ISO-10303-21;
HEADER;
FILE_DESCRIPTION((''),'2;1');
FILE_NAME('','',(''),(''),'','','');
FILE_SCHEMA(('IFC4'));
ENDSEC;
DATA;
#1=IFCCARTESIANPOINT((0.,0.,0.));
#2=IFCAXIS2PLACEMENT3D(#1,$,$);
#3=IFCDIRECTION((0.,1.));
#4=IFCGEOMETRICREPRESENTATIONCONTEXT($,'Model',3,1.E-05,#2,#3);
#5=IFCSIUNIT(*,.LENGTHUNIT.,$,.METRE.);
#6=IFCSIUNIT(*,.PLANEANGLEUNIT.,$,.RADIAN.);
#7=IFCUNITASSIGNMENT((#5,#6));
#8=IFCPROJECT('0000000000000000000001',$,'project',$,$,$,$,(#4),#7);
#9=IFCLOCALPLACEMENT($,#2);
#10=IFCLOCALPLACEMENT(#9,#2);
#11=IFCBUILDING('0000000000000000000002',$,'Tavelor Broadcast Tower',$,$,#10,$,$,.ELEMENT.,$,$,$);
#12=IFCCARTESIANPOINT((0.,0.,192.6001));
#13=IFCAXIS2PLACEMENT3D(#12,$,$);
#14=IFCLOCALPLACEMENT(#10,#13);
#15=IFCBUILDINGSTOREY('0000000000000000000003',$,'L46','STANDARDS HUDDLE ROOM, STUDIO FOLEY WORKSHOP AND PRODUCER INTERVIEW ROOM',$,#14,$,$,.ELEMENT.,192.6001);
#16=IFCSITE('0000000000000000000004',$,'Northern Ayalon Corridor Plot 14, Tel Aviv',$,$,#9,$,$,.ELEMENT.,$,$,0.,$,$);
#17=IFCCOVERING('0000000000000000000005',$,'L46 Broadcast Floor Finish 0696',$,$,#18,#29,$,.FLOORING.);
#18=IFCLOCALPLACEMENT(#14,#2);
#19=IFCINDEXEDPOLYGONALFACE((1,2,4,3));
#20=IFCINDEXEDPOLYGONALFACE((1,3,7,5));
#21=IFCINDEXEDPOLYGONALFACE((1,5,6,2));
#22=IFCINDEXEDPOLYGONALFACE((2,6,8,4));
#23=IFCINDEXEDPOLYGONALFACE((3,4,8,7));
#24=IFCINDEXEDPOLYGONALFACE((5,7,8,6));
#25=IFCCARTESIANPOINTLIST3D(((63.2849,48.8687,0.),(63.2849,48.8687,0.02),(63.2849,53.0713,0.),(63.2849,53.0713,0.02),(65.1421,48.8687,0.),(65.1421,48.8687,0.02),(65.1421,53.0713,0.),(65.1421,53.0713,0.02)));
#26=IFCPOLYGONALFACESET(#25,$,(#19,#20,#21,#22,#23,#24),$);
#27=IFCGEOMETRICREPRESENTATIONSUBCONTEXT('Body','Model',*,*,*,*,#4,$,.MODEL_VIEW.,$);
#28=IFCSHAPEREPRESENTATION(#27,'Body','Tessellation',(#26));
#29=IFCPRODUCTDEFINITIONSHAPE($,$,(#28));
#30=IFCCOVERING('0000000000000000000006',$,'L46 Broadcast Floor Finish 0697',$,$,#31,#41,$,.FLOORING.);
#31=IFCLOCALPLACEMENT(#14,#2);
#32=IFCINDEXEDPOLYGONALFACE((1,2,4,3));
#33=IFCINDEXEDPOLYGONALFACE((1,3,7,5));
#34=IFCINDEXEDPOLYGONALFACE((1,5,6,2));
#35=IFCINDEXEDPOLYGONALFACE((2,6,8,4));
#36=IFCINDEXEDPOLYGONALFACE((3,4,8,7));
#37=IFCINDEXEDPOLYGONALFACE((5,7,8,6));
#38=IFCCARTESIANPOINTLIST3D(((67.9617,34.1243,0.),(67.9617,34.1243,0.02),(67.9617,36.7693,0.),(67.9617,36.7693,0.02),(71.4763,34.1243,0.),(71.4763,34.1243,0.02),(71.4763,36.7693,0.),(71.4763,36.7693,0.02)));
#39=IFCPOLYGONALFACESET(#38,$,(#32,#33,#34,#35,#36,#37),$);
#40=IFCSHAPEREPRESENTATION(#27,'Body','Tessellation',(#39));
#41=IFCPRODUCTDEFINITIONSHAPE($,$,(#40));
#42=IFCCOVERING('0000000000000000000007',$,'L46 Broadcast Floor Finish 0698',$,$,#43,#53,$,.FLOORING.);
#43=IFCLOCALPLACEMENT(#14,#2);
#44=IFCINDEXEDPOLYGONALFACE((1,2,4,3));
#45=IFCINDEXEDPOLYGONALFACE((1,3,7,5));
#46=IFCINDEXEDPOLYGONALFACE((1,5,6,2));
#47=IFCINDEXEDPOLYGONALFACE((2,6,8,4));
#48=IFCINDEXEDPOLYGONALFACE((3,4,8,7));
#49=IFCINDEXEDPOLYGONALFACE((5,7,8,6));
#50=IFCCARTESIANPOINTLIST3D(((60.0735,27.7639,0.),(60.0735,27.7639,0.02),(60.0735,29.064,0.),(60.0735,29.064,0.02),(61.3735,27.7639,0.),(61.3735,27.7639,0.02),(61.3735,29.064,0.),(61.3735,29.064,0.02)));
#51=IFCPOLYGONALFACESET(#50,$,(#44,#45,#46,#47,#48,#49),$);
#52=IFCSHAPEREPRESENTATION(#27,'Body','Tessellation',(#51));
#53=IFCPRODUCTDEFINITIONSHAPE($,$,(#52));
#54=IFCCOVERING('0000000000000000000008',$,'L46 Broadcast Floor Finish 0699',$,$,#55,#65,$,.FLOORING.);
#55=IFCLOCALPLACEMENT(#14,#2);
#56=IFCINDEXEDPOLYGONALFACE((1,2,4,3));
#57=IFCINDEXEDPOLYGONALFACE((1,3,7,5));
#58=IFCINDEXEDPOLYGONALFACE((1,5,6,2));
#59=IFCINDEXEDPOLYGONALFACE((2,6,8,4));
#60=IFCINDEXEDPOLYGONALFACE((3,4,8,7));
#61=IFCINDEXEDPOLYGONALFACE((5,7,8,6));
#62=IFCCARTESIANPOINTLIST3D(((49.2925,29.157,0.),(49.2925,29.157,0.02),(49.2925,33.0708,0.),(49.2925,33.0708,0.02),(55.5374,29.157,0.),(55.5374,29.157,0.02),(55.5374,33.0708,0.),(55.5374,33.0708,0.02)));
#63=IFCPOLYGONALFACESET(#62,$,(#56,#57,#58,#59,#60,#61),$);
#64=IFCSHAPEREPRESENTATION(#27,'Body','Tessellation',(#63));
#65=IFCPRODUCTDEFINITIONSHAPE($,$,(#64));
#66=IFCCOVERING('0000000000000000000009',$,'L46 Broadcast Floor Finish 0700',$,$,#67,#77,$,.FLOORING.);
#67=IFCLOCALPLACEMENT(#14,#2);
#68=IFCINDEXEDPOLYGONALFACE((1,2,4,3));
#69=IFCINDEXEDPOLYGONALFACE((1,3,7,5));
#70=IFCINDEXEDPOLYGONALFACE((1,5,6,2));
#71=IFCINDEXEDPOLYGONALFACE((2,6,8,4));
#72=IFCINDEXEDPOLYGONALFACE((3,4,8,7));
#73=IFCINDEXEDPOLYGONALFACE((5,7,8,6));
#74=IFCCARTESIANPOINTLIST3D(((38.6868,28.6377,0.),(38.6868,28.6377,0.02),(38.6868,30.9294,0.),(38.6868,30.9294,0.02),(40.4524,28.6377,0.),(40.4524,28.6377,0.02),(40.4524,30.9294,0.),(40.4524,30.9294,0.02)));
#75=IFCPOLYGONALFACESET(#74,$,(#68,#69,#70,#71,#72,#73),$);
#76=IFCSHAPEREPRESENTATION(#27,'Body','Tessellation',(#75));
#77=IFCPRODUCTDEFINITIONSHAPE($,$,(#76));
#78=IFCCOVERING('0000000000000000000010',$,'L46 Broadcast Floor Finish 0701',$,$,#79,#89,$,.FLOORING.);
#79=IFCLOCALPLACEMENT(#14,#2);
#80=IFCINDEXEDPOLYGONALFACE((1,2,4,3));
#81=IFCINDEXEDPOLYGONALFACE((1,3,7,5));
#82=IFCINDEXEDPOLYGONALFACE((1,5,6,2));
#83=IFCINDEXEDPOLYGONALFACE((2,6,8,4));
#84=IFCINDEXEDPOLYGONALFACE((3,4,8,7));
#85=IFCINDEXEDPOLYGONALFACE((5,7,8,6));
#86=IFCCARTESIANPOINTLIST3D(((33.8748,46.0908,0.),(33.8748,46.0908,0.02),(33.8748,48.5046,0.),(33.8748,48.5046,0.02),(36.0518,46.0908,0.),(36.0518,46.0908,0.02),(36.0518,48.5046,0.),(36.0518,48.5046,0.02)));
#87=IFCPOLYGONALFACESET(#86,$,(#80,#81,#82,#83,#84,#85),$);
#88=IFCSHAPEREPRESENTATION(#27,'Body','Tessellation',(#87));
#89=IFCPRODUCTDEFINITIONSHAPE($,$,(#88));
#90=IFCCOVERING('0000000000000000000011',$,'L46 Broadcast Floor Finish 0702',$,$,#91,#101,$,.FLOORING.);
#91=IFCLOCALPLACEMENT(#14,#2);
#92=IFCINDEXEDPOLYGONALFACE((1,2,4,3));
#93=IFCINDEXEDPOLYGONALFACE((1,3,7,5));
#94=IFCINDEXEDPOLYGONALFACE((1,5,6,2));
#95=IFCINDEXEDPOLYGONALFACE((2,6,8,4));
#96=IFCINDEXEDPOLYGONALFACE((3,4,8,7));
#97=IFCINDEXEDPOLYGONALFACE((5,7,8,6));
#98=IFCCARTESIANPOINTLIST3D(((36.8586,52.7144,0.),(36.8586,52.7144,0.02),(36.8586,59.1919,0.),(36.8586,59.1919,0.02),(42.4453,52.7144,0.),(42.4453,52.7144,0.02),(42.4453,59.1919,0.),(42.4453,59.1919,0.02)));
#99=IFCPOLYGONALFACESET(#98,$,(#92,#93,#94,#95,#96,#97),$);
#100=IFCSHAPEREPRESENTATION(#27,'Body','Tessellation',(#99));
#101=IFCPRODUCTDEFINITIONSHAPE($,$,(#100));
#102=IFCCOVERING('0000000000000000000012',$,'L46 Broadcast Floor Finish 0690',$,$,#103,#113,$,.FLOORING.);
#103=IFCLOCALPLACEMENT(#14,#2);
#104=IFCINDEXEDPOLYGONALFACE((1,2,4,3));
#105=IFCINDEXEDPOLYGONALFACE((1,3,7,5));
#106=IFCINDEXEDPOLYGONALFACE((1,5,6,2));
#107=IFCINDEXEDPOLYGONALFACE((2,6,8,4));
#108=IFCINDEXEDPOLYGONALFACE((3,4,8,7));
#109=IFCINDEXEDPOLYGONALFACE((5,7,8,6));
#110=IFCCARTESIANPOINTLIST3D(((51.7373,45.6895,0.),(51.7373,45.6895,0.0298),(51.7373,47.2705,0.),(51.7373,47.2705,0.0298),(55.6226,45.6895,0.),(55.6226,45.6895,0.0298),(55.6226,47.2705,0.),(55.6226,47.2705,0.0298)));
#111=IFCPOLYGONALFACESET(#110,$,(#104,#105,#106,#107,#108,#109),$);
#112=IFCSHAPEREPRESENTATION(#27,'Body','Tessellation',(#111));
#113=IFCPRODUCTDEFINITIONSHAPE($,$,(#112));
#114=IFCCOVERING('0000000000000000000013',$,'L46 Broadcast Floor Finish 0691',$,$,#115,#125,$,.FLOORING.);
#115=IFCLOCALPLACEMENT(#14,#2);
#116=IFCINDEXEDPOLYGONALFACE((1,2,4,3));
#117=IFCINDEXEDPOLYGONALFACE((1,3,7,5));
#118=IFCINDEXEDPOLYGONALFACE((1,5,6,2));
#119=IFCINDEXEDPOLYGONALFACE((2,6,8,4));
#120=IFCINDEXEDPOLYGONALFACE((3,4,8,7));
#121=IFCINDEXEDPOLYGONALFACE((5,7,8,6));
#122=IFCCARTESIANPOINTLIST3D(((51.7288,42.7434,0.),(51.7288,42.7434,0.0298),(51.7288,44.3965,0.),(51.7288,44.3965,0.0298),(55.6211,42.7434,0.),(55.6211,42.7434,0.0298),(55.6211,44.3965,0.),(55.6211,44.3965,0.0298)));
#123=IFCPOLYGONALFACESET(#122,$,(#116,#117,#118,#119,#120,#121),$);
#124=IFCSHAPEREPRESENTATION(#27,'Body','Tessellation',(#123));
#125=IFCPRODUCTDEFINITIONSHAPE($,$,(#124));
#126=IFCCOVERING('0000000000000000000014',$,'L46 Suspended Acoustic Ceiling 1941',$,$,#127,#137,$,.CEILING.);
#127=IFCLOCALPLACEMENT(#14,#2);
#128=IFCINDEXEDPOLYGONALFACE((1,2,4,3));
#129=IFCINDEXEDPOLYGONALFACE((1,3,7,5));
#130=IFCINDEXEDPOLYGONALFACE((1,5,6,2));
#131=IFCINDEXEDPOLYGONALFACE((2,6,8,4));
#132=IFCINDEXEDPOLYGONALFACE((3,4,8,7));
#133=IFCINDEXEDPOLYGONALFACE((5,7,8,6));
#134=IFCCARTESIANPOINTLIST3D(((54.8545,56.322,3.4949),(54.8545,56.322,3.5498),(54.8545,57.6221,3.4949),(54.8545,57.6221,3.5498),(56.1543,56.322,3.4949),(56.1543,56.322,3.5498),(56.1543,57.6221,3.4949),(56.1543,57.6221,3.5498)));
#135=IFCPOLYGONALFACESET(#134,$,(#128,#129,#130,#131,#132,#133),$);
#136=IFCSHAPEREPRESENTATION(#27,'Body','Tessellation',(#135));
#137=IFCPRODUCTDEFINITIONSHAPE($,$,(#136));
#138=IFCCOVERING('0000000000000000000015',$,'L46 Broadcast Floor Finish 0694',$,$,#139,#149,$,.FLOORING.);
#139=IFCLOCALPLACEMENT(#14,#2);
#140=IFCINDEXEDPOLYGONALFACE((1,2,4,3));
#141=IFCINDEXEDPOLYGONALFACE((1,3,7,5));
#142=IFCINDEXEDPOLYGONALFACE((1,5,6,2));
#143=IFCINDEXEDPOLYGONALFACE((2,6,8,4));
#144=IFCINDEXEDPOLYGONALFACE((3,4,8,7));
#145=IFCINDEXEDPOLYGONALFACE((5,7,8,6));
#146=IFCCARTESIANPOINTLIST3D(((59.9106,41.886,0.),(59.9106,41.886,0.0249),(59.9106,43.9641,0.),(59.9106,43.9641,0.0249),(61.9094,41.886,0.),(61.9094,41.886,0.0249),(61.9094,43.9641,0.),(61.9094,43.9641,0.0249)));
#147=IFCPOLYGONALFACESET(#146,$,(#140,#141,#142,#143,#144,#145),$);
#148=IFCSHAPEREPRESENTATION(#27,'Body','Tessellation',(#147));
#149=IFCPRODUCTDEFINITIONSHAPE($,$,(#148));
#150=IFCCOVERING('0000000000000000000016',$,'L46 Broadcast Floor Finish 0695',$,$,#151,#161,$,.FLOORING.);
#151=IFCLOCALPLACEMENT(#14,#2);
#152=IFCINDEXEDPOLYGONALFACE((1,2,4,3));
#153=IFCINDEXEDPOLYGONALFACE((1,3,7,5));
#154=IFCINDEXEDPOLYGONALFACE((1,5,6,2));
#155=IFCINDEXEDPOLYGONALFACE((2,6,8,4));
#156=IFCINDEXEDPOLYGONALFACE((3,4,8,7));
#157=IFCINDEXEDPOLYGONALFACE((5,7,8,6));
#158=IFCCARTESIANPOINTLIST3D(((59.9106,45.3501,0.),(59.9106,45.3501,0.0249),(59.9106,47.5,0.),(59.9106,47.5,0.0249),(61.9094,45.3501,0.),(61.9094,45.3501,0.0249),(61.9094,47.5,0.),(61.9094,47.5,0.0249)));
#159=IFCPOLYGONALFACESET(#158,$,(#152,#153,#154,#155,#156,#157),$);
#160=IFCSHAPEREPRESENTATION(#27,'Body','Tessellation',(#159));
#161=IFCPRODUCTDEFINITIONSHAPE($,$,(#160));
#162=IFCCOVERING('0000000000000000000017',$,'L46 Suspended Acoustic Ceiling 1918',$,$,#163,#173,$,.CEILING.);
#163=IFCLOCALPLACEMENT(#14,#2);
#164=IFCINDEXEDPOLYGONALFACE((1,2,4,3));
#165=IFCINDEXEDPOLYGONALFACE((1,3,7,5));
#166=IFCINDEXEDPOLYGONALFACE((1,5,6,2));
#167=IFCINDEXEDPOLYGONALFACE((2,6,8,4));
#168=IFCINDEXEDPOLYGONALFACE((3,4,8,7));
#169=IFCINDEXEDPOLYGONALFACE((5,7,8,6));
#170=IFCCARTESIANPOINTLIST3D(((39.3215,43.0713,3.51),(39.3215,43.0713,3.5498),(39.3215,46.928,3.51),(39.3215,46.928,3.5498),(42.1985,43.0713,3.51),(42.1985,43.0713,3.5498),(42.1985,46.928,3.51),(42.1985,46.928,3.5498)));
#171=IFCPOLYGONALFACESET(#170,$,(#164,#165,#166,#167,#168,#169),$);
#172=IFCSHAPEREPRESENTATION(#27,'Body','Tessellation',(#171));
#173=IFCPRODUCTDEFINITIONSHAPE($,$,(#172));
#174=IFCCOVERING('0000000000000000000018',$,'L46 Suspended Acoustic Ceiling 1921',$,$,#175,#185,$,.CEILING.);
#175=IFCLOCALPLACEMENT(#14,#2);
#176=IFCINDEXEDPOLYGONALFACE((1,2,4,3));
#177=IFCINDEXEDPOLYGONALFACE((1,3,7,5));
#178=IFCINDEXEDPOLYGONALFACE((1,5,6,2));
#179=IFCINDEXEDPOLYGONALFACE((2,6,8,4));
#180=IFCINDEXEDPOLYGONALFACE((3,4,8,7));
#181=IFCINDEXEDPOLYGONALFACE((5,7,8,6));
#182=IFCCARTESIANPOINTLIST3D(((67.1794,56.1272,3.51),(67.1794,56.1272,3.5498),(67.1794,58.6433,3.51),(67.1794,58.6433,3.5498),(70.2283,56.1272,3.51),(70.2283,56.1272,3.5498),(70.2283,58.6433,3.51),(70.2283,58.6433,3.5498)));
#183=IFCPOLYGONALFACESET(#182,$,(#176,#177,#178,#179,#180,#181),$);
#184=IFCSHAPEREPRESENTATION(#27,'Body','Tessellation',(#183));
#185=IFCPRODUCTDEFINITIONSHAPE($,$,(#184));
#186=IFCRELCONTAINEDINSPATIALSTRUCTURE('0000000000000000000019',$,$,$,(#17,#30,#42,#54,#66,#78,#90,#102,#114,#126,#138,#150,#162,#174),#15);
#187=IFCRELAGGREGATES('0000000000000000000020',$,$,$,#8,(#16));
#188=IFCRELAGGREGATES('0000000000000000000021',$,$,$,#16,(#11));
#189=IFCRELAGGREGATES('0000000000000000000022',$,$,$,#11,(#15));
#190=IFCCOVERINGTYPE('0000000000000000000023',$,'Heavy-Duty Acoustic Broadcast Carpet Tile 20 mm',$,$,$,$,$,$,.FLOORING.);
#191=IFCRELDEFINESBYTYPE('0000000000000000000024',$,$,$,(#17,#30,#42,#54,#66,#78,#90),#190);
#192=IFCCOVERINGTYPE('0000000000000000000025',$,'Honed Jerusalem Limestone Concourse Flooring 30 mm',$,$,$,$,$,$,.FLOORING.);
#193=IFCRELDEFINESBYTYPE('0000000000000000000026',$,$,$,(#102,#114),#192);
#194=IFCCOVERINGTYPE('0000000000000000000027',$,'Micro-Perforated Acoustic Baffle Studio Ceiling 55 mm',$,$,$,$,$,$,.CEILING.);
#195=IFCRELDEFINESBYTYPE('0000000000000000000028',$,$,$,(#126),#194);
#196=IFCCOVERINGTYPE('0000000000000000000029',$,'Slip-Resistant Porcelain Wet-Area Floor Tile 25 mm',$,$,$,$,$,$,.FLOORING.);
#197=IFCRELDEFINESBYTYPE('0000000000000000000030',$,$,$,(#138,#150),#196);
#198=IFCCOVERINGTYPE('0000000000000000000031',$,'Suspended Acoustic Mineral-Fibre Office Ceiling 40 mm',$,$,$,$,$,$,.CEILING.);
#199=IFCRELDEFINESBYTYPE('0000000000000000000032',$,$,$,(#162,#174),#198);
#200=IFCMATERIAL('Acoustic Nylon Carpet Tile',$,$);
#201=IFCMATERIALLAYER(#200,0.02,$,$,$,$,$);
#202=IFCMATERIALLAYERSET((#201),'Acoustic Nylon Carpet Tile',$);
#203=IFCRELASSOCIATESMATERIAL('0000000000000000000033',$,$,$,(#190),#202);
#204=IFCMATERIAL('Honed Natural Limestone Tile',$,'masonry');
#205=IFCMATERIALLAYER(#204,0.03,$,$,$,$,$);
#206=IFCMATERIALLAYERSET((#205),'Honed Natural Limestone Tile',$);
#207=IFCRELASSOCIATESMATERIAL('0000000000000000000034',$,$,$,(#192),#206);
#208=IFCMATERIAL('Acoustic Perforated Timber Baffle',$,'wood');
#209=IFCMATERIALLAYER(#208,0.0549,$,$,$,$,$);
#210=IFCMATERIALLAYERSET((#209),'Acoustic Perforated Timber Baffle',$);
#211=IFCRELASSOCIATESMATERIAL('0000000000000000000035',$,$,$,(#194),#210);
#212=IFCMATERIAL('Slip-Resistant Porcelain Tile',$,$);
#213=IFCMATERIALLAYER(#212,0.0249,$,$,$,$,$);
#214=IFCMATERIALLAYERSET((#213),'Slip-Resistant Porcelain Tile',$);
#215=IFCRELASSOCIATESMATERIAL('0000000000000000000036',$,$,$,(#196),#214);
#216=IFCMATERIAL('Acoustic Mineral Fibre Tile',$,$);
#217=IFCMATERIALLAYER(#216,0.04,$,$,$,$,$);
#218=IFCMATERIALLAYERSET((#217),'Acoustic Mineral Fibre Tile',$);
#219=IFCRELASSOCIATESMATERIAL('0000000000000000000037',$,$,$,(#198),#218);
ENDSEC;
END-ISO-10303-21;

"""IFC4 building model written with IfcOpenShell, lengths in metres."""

from ifc_helpers import new_model, si_unit, direction, frame, origin, place, context, subcontext, project, spatial, polyline, outline, extrude, material, layer, layer_set, type_object, element, save


model = new_model("IFC4")

# Units and contexts
model_context = context("Model", 3, precision=1e-05, world=origin(), true_north=direction((0.0, 1.0)))
body_context = subcontext(model_context, "Body", "Model", "MODEL_VIEW")
ifc_project = project(units=[si_unit("LENGTHUNIT", "METRE"), si_unit("PLANEANGLEUNIT", "RADIAN")], contexts=[model_context])

# Site, building, storey
site_placement = place(None, origin())
site = spatial("IfcSite", under=ifc_project, at=site_placement, Name="Northern Ayalon Corridor Plot 14, Tel Aviv", CompositionType="ELEMENT", RefElevation=0.0)
building_placement = place(site_placement, origin())
building = spatial("IfcBuilding", under=site, at=building_placement, Name="Tavelor Broadcast Tower", CompositionType="ELEMENT")
storey_placement = place(building_placement, frame((0.0, 0.0, 192.6001)))
storey = spatial("IfcBuildingStorey", under=building, at=storey_placement, Name="L46", Description="STANDARDS HUDDLE ROOM, STUDIO FOLEY WORKSHOP AND PRODUCER INTERVIEW ROOM", CompositionType="ELEMENT", Elevation=192.6001)

# Coverings
ifc_material_1 = material(Name="Acoustic Nylon Carpet Tile")
ifc_layer_1 = layer(ifc_material_1, 0.02)
ifc_layer_set_1 = layer_set([ifc_layer_1], Name="Acoustic Nylon Carpet Tile")
covering_type_1 = type_object("IfcCoveringType", Name="Heavy-Duty Acoustic Broadcast Carpet Tile 20 mm", PredefinedType="FLOORING", material=ifc_layer_set_1)
covering_1_placement = place(storey_placement, origin())
element("IfcCovering", 1, at=covering_1_placement, inside=storey, type_object=covering_type_1, Name="L46 Broadcast Floor Finish 0696", PredefinedType="FLOORING", context=body_context, shape_type="SweptSolid", body=[
    extrude(outline(polyline([(63.2849, 48.8687), (65.1421, 48.8687), (65.1421, 53.0713), (63.2849, 53.0713), (63.2849, 48.8687)])), origin(), (0.0, 0.0, 1.0), 0.02),
])
covering_2_placement = place(storey_placement, origin())
element("IfcCovering", 2, at=covering_2_placement, inside=storey, type_object=covering_type_1, Name="L46 Broadcast Floor Finish 0697", PredefinedType="FLOORING", context=body_context, shape_type="SweptSolid", body=[
    extrude(outline(polyline([(67.9617, 34.1243), (71.4763, 34.1243), (71.4763, 36.7693), (67.9617, 36.7693), (67.9617, 34.1243)])), origin(), (0.0, 0.0, 1.0), 0.02),
])
covering_3_placement = place(storey_placement, origin())
element("IfcCovering", 3, at=covering_3_placement, inside=storey, type_object=covering_type_1, Name="L46 Broadcast Floor Finish 0698", PredefinedType="FLOORING", context=body_context, shape_type="SweptSolid", body=[
    extrude(outline(polyline([(60.0735, 27.7639), (61.3735, 27.7639), (61.3735, 29.064), (60.0735, 29.064), (60.0735, 27.7639)])), origin(), (0.0, 0.0, 1.0), 0.02),
])
covering_4_placement = place(storey_placement, origin())
element("IfcCovering", 4, at=covering_4_placement, inside=storey, type_object=covering_type_1, Name="L46 Broadcast Floor Finish 0699", PredefinedType="FLOORING", context=body_context, shape_type="SweptSolid", body=[
    extrude(outline(polyline([(49.2925, 29.157), (55.5374, 29.157), (55.5374, 33.0708), (49.2925, 33.0708), (49.2925, 29.157)])), origin(), (0.0, 0.0, 1.0), 0.02),
])
covering_5_placement = place(storey_placement, origin())
element("IfcCovering", 5, at=covering_5_placement, inside=storey, type_object=covering_type_1, Name="L46 Broadcast Floor Finish 0700", PredefinedType="FLOORING", context=body_context, shape_type="SweptSolid", body=[
    extrude(outline(polyline([(38.6868, 28.6377), (40.4524, 28.6377), (40.4524, 30.9294), (38.6868, 30.9294), (38.6868, 28.6377)])), origin(), (0.0, 0.0, 1.0), 0.02),
])
covering_6_placement = place(storey_placement, origin())
element("IfcCovering", 6, at=covering_6_placement, inside=storey, type_object=covering_type_1, Name="L46 Broadcast Floor Finish 0701", PredefinedType="FLOORING", context=body_context, shape_type="SweptSolid", body=[
    extrude(outline(polyline([(33.8748, 46.0908), (36.0518, 46.0908), (36.0518, 48.5046), (33.8748, 48.5046), (33.8748, 46.0908)])), origin(), (0.0, 0.0, 1.0), 0.02),
])
covering_7_placement = place(storey_placement, origin())
element("IfcCovering", 7, at=covering_7_placement, inside=storey, type_object=covering_type_1, Name="L46 Broadcast Floor Finish 0702", PredefinedType="FLOORING", context=body_context, shape_type="SweptSolid", body=[
    extrude(outline(polyline([(36.8586, 52.7144), (42.4453, 52.7144), (42.4453, 59.1919), (36.8586, 59.1919), (36.8586, 52.7144)])), origin(), (0.0, 0.0, 1.0), 0.02),
])
ifc_material_2 = material(Name="Honed Natural Limestone Tile", Category="masonry")
ifc_layer_2 = layer(ifc_material_2, 0.03)
ifc_layer_set_2 = layer_set([ifc_layer_2], Name="Honed Natural Limestone Tile")
covering_type_2 = type_object("IfcCoveringType", Name="Honed Jerusalem Limestone Concourse Flooring 30 mm", PredefinedType="FLOORING", material=ifc_layer_set_2)
covering_8_placement = place(storey_placement, origin())
element("IfcCovering", 8, at=covering_8_placement, inside=storey, type_object=covering_type_2, Name="L46 Broadcast Floor Finish 0690", PredefinedType="FLOORING", context=body_context, shape_type="SweptSolid", body=[
    extrude(outline(polyline([(51.7373, 45.6895), (55.6226, 45.6895), (55.6226, 47.2705), (51.7373, 47.2705), (51.7373, 45.6895)])), origin(), (0.0, 0.0, 1.0), 0.0298),
])
covering_9_placement = place(storey_placement, origin())
element("IfcCovering", 9, at=covering_9_placement, inside=storey, type_object=covering_type_2, Name="L46 Broadcast Floor Finish 0691", PredefinedType="FLOORING", context=body_context, shape_type="SweptSolid", body=[
    extrude(outline(polyline([(51.7288, 42.7434), (55.6211, 42.7434), (55.6211, 44.3965), (51.7288, 44.3965), (51.7288, 42.7434)])), origin(), (0.0, 0.0, 1.0), 0.0298),
])
ifc_material_3 = material(Name="Acoustic Perforated Timber Baffle", Category="wood")
ifc_layer_3 = layer(ifc_material_3, 0.0549)
ifc_layer_set_3 = layer_set([ifc_layer_3], Name="Acoustic Perforated Timber Baffle")
covering_type_3 = type_object("IfcCoveringType", Name="Micro-Perforated Acoustic Baffle Studio Ceiling 55 mm", PredefinedType="CEILING", material=ifc_layer_set_3)
covering_10_placement = place(storey_placement, frame((0.0, 0.0, 3.4949)))
element("IfcCovering", 10, at=covering_10_placement, inside=storey, type_object=covering_type_3, Name="L46 Suspended Acoustic Ceiling 1941", PredefinedType="CEILING", context=body_context, shape_type="SweptSolid", body=[
    extrude(outline(polyline([(54.8545, 56.322), (56.1543, 56.322), (56.1543, 57.6221), (54.8545, 57.6221), (54.8545, 56.322)])), origin(), (0.0, 0.0, 1.0), 0.0549),
])
ifc_material_4 = material(Name="Slip-Resistant Porcelain Tile")
ifc_layer_4 = layer(ifc_material_4, 0.0249)
ifc_layer_set_4 = layer_set([ifc_layer_4], Name="Slip-Resistant Porcelain Tile")
covering_type_4 = type_object("IfcCoveringType", Name="Slip-Resistant Porcelain Wet-Area Floor Tile 25 mm", PredefinedType="FLOORING", material=ifc_layer_set_4)
covering_11_placement = place(storey_placement, origin())
element("IfcCovering", 11, at=covering_11_placement, inside=storey, type_object=covering_type_4, Name="L46 Broadcast Floor Finish 0694", PredefinedType="FLOORING", context=body_context, shape_type="SweptSolid", body=[
    extrude(outline(polyline([(59.9106, 41.886), (61.9094, 41.886), (61.9094, 43.9641), (59.9106, 43.9641), (59.9106, 41.886)])), origin(), (0.0, 0.0, 1.0), 0.0249),
])
covering_12_placement = place(storey_placement, origin())
element("IfcCovering", 12, at=covering_12_placement, inside=storey, type_object=covering_type_4, Name="L46 Broadcast Floor Finish 0695", PredefinedType="FLOORING", context=body_context, shape_type="SweptSolid", body=[
    extrude(outline(polyline([(59.9106, 45.3501), (61.9094, 45.3501), (61.9094, 47.5), (59.9106, 47.5), (59.9106, 45.3501)])), origin(), (0.0, 0.0, 1.0), 0.0249),
])
ifc_material_5 = material(Name="Acoustic Mineral Fibre Tile")
ifc_layer_5 = layer(ifc_material_5, 0.04)
ifc_layer_set_5 = layer_set([ifc_layer_5], Name="Acoustic Mineral Fibre Tile")
covering_type_5 = type_object("IfcCoveringType", Name="Suspended Acoustic Mineral-Fibre Office Ceiling 40 mm", PredefinedType="CEILING", material=ifc_layer_set_5)
covering_13_placement = place(storey_placement, frame((0.0, 0.0, 3.51)))
element("IfcCovering", 13, at=covering_13_placement, inside=storey, type_object=covering_type_5, Name="L46 Suspended Acoustic Ceiling 1918", PredefinedType="CEILING", context=body_context, shape_type="SweptSolid", body=[
    extrude(outline(polyline([(39.3215, 43.0713), (42.1985, 43.0713), (42.1985, 46.928), (39.3215, 46.928), (39.3215, 43.0713)])), origin(), (0.0, 0.0, 1.0), 0.0398),
])
covering_14_placement = place(storey_placement, frame((0.0, 0.0, 3.51)))
element("IfcCovering", 14, at=covering_14_placement, inside=storey, type_object=covering_type_5, Name="L46 Suspended Acoustic Ceiling 1921", PredefinedType="CEILING", context=body_context, shape_type="SweptSolid", body=[
    extrude(outline(polyline([(67.1794, 56.1272), (70.2283, 56.1272), (70.2283, 58.6433), (67.1794, 58.6433), (67.1794, 56.1272)])), origin(), (0.0, 0.0, 1.0), 0.0398),
])

save(model, "model.ifc")
